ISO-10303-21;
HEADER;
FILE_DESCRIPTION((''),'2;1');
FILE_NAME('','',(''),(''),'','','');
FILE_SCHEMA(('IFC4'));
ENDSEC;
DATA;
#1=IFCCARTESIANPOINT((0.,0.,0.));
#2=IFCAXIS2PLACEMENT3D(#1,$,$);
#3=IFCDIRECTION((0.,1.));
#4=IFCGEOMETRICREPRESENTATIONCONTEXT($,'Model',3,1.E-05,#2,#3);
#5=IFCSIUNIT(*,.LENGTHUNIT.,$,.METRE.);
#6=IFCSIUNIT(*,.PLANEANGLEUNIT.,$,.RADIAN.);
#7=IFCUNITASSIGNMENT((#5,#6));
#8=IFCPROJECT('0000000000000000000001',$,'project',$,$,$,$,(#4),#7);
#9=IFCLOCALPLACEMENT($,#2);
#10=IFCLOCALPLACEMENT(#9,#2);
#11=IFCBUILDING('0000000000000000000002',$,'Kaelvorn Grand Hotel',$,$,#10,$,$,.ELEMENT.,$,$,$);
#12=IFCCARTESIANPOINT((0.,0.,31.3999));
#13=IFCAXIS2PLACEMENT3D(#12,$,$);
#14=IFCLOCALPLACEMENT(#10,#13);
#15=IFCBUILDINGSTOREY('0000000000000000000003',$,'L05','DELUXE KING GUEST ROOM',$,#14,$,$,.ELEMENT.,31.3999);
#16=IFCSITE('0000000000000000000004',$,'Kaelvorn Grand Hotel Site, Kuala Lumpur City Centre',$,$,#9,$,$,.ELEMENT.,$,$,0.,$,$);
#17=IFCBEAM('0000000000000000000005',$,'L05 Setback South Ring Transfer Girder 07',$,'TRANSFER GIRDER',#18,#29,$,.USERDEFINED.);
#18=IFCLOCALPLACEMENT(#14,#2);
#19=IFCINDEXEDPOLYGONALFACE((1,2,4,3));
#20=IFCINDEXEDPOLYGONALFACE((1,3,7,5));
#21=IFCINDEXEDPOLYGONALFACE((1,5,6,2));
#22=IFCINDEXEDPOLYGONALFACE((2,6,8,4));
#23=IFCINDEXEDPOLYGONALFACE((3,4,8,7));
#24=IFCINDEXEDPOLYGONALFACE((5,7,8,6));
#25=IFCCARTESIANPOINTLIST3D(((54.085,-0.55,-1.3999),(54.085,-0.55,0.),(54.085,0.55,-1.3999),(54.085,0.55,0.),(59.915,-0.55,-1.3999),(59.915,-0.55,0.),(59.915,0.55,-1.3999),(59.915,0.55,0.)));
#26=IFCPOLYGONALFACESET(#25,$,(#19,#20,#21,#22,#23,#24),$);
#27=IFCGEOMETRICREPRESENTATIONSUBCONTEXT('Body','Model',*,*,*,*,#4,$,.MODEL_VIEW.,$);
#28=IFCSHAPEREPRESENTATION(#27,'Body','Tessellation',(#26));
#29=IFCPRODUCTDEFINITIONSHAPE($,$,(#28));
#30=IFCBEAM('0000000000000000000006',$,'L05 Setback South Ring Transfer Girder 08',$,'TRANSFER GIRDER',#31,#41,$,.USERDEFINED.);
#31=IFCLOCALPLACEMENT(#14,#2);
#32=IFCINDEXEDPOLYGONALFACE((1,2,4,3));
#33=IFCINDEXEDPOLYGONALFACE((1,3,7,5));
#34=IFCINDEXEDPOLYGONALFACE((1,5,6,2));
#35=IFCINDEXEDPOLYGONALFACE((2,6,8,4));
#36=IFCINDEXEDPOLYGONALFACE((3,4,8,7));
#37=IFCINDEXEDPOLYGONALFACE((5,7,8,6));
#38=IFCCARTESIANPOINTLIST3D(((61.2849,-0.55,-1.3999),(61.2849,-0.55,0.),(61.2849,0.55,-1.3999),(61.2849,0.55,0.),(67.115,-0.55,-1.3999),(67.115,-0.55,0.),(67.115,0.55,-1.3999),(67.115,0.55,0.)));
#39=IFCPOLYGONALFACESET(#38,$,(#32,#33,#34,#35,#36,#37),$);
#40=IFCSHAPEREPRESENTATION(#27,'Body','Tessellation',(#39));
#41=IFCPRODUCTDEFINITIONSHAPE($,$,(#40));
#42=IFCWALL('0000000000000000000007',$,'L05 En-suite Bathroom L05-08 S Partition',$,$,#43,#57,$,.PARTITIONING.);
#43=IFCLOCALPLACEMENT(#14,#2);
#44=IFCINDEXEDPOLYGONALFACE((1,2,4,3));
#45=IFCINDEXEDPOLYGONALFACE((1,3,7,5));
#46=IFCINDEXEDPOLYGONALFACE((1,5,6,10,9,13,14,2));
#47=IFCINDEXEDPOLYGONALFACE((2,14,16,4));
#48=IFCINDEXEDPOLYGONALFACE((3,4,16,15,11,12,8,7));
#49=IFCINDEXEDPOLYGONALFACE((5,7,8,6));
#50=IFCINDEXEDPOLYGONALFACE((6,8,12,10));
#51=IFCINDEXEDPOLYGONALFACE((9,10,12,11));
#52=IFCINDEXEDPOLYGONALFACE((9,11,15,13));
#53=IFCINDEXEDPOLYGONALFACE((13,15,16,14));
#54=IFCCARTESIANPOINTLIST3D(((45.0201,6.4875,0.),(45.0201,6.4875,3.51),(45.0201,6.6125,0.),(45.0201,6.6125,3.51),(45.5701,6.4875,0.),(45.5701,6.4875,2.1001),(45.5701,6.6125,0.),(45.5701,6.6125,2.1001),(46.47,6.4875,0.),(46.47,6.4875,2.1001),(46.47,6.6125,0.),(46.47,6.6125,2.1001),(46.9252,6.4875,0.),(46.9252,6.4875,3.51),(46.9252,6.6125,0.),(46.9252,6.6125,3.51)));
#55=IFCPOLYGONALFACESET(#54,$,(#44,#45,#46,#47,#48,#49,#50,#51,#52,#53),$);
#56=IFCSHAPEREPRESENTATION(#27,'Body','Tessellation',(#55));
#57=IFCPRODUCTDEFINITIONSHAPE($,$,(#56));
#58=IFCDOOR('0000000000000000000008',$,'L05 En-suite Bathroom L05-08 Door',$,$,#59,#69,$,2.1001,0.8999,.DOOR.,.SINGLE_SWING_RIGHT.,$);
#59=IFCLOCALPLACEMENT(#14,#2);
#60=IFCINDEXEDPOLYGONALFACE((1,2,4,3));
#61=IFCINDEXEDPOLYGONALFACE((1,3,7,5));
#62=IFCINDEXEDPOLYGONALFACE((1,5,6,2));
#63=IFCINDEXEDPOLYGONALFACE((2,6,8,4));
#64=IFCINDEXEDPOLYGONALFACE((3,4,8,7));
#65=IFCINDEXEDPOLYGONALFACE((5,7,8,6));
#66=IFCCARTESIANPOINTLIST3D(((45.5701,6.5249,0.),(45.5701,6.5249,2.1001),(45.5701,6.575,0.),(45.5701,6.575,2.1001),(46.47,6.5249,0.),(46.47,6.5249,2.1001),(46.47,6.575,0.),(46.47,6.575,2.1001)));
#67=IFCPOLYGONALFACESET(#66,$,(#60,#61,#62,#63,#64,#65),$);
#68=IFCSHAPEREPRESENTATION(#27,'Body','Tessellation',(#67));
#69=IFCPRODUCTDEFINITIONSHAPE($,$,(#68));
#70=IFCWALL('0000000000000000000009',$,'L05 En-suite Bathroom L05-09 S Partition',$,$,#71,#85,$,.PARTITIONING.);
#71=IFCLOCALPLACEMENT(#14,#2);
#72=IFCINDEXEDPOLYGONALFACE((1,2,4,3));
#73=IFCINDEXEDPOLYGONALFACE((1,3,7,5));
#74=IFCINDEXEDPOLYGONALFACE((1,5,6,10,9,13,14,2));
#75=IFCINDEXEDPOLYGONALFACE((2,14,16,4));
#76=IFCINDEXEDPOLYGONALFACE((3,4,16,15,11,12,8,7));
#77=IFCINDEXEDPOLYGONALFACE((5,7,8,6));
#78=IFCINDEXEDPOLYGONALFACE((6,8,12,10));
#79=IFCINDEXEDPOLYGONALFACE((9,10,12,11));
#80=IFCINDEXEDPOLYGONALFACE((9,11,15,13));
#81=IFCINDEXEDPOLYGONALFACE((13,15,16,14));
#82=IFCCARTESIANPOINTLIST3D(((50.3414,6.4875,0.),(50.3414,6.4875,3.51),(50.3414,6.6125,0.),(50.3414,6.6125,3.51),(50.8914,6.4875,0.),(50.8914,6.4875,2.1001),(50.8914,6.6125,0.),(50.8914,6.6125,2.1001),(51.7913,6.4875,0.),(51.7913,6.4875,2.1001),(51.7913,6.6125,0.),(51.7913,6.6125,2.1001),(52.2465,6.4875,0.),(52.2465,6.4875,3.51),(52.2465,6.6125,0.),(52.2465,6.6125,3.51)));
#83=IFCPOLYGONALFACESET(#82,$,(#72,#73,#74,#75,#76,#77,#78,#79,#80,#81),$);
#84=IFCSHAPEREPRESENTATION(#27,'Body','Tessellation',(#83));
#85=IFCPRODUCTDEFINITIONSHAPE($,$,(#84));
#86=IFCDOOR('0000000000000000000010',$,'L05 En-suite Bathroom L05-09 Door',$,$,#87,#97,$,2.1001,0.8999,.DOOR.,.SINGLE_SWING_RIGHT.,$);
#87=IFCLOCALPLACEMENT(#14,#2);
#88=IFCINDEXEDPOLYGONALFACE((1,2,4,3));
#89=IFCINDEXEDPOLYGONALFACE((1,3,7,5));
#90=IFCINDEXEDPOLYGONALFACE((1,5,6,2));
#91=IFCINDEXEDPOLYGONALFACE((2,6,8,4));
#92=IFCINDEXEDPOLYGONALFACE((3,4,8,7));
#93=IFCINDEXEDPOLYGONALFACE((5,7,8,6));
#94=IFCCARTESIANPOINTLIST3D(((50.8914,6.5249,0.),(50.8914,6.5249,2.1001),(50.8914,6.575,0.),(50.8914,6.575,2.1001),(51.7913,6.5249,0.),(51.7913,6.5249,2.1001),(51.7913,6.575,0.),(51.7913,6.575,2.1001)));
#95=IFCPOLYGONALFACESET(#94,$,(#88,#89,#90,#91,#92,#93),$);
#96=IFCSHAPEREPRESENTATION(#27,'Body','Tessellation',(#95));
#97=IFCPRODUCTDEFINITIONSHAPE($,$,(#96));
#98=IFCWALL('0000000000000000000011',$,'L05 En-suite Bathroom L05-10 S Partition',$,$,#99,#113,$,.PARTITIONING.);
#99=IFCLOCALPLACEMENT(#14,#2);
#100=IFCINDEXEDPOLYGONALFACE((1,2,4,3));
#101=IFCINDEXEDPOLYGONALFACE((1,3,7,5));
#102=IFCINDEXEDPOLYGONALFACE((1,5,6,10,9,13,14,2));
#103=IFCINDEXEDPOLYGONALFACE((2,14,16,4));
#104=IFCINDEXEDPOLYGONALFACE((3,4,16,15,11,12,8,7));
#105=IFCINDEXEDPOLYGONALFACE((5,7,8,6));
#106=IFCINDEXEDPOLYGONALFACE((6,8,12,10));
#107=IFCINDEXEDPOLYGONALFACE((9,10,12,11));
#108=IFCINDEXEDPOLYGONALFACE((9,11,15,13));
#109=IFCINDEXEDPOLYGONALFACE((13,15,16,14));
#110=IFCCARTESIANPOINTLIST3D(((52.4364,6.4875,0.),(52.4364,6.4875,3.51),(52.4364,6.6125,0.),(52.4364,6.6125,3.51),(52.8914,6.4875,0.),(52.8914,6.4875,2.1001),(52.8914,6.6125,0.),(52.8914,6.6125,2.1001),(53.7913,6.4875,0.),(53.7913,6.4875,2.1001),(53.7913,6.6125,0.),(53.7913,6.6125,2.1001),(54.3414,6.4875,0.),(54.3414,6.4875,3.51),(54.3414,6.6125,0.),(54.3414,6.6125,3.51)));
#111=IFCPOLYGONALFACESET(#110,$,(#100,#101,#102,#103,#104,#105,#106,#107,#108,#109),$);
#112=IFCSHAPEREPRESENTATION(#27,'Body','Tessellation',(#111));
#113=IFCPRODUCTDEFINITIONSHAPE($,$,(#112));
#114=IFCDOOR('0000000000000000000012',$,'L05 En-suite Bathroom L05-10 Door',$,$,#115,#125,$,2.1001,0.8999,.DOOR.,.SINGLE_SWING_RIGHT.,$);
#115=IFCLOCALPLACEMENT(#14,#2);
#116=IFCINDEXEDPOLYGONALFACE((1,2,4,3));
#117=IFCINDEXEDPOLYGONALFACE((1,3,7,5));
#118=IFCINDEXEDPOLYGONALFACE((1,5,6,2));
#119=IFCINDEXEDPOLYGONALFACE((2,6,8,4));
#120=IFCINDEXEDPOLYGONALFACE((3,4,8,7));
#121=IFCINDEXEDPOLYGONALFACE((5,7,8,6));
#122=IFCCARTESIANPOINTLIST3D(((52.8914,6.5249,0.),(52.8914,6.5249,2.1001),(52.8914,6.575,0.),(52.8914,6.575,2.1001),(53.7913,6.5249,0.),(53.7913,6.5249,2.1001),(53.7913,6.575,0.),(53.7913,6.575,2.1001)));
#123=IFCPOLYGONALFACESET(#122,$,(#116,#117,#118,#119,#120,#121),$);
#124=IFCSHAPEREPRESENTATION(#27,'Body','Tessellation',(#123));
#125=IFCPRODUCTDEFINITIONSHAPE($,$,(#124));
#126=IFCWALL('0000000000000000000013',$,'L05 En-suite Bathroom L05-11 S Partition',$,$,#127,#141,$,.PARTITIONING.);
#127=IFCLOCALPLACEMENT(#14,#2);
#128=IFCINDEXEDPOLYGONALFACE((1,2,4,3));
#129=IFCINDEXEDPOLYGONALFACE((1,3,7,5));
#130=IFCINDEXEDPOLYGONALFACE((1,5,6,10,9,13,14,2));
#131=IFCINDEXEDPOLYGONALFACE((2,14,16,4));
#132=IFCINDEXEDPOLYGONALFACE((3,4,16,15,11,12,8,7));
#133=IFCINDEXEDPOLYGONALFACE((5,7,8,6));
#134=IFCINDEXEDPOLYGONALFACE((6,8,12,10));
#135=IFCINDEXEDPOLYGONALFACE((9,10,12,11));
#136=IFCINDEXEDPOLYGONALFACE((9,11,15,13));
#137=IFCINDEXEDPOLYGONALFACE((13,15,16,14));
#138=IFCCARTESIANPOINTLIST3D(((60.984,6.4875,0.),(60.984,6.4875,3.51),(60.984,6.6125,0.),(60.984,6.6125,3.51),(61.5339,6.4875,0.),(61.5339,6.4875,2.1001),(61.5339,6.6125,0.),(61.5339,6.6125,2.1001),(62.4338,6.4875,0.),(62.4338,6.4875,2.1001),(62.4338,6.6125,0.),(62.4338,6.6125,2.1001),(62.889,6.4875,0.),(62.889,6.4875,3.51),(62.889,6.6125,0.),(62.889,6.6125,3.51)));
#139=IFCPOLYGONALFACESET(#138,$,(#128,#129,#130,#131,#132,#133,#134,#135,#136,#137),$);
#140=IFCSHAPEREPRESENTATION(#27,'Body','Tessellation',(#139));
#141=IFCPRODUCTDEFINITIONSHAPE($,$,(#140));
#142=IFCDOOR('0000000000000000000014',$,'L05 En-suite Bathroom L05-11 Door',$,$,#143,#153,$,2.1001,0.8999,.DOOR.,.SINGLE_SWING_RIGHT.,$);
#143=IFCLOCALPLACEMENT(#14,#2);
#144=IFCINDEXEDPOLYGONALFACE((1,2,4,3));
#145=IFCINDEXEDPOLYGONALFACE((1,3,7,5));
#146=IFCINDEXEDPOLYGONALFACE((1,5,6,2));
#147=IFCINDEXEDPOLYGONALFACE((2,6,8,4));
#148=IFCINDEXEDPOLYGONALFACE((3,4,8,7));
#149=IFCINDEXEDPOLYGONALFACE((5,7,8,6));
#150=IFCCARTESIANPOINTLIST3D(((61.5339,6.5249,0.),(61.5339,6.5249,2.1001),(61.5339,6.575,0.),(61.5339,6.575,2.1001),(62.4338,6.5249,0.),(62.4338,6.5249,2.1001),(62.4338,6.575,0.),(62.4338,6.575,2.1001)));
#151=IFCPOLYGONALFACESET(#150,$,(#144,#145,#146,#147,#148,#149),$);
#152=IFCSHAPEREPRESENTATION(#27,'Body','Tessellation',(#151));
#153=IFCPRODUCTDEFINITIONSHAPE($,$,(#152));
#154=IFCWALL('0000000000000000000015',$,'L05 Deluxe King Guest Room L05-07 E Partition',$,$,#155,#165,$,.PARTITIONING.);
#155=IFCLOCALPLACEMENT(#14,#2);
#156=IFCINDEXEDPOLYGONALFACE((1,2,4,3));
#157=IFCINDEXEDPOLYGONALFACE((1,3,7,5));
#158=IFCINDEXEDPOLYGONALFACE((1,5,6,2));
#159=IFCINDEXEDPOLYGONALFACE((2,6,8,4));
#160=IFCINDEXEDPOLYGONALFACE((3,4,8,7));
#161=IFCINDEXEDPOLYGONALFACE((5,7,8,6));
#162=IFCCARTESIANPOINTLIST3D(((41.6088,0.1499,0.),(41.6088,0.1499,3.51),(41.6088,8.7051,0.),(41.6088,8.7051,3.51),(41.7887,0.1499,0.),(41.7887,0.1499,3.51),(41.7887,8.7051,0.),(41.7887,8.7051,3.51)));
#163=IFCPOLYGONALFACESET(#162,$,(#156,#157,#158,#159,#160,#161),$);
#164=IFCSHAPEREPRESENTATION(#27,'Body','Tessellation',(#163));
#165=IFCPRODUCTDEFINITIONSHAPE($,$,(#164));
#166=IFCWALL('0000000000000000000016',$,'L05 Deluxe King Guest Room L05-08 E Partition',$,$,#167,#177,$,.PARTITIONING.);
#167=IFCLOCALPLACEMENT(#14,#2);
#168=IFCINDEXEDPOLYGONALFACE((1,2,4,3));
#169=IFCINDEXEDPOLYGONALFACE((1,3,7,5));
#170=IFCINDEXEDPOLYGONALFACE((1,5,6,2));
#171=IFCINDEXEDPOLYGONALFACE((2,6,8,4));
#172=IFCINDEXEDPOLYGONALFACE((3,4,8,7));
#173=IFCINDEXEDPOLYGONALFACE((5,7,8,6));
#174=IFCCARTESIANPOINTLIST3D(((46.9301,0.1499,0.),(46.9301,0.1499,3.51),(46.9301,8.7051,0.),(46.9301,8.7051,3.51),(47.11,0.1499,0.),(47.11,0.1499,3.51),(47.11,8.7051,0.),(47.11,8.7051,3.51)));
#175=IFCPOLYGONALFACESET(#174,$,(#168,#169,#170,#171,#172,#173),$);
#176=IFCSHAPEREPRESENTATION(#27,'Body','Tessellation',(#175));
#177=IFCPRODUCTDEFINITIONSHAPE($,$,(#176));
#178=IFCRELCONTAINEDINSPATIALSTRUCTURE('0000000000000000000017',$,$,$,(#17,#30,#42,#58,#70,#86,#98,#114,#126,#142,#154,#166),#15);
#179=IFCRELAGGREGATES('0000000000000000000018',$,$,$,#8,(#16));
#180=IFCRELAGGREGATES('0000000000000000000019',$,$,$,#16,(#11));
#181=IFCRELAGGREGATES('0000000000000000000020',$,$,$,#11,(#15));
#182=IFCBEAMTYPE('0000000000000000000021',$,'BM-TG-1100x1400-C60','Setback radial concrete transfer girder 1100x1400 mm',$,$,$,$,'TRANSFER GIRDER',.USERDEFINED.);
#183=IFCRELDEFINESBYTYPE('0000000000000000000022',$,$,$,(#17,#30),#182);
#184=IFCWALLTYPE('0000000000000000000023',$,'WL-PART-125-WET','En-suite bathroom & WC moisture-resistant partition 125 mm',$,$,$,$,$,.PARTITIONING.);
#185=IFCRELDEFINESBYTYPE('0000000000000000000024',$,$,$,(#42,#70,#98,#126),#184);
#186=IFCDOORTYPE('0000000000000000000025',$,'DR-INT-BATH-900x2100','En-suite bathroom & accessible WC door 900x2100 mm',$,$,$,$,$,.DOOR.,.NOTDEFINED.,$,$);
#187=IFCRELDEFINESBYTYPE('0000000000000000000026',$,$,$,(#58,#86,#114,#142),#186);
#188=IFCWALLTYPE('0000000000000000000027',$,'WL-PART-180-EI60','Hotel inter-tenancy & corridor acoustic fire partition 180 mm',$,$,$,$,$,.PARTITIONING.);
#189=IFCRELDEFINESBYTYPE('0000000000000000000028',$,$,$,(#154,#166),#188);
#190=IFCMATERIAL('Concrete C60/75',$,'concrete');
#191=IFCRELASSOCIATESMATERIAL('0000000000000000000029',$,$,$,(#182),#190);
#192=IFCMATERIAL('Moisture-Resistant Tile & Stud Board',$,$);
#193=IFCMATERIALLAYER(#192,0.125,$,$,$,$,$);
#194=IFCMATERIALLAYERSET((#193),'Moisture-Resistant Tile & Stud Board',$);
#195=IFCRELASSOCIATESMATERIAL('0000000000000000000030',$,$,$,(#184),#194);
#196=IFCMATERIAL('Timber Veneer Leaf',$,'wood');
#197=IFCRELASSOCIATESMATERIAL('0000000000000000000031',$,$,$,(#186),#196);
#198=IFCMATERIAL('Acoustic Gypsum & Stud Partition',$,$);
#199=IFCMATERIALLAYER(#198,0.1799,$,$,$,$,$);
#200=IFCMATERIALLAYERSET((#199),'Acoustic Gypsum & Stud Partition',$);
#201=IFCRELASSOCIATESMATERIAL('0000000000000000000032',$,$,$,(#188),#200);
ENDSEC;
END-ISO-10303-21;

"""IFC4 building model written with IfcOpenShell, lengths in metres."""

from ifc_helpers import new_model, si_unit, direction, frame, frame_2d, origin, origin_2d, place, context, subcontext, project, spatial, rectangle, extrude, material, layer, layer_set, material_profile, profile_set, type_object, element, fill, save


model = new_model("IFC4")

# Units and contexts
model_context = context("Model", 3, precision=1e-05, world=origin(), true_north=direction((0.0, 1.0)))
body_context = subcontext(model_context, "Body", "Model", "MODEL_VIEW")
ifc_project = project(units=[si_unit("LENGTHUNIT", "METRE"), si_unit("PLANEANGLEUNIT", "RADIAN")], contexts=[model_context])

# Site, building, storey
site_placement = place(None, origin())
site = spatial("IfcSite", under=ifc_project, at=site_placement, Name="Kaelvorn Grand Hotel Site, Kuala Lumpur City Centre", CompositionType="ELEMENT", RefElevation=0.0)
building_placement = place(site_placement, origin())
building = spatial("IfcBuilding", under=site, at=building_placement, Name="Kaelvorn Grand Hotel", CompositionType="ELEMENT")
storey_placement = place(building_placement, frame((0.0, 0.0, 31.3999)))
storey = spatial("IfcBuildingStorey", under=building, at=storey_placement, Name="L05", Description="DELUXE KING GUEST ROOM", CompositionType="ELEMENT", Elevation=31.3999)

# Beams
ifc_material_1 = material(Name="Concrete C60/75", Category="concrete")
ifc_material_profile_1 = material_profile(ifc_material_1, rectangle(XDim=1.1001, YDim=1.3999, at=origin_2d()), Name="RC TG 1100x1400")
ifc_profile_set_1 = profile_set([ifc_material_profile_1], Name="Concrete C60/75")
beam_type_1 = type_object("IfcBeamType", Name="BM-TG-1100x1400-C60", Description="Setback radial concrete transfer girder 1100x1400 mm", ElementType="TRANSFER GIRDER", PredefinedType="USERDEFINED", material=ifc_profile_set_1)
for number, where, z_axis, x_axis, name in (
    (1, (54.085, 0.0, -0.7), (1.0, 0.0, 0.0), (0.0, 1.0, 0.0), "L05 Setback South Ring Transfer Girder 07"),
    (2, (61.2849, 0.0, -0.7), (1.0, 0.0, 0.0), (0.0, 1.0, 0.0), "L05 Setback South Ring Transfer Girder 08"),
):
    element("IfcBeam", number, at=place(storey_placement, frame(where, z_axis=z_axis, x_axis=x_axis)), inside=storey, type_object=beam_type_1, Name=name, ObjectType="TRANSFER GIRDER", PredefinedType="USERDEFINED", context=body_context, shape_type="SweptSolid", body=[
        extrude(rectangle(XDim=1.1001, YDim=1.3999, at=origin_2d()), origin(), (0.0, 0.0, 1.0), 5.8301),
    ])

# Walls, openings, doors
ifc_material_2 = material(Name="Moisture-Resistant Tile & Stud Board")
ifc_layer_1 = layer(ifc_material_2, 0.125)
ifc_layer_set_1 = layer_set([ifc_layer_1], Name="Moisture-Resistant Tile & Stud Board")
wall_type_1 = type_object("IfcWallType", Name="WL-PART-125-WET", Description="En-suite bathroom & WC moisture-resistant partition 125 mm", PredefinedType="PARTITIONING", material=ifc_layer_set_1)
wall_1_placement = place(storey_placement, frame((45.02, 6.55, 0.0), z_axis=(0.0, 0.0, 1.0), x_axis=(1.0, 0.0, 0.0)))
wall_1 = element("IfcWall", 3, at=wall_1_placement, inside=storey, type_object=wall_type_1, Name="L05 En-suite Bathroom L05-08 S Partition", PredefinedType="PARTITIONING", context=body_context, shape_type="SweptSolid", body=[
    extrude(rectangle(XDim=1.905, YDim=0.125, at=frame_2d((0.9526, 0.0))), origin(), (0.0, 0.0, 1.0), 3.51),
])
opening_1_placement = place(wall_1_placement, frame((0.55, 0.0, 0.0)))
opening_1 = element("IfcOpeningElement", 4, at=opening_1_placement, cuts=wall_1, PredefinedType="OPENING", context=body_context, shape_type="SweptSolid", body=[
    extrude(rectangle(XDim=0.8999, YDim=2.1001, at=frame_2d((0.45, 1.05))), frame((0.0, 0.0725, 0.0), z_axis=(0.0, -1.0, 0.0), x_axis=(1.0, 0.0, 0.0)), (0.0, 0.0, 1.0), 0.145),
])
ifc_material_3 = material(Name="Timber Veneer Leaf", Category="wood")
door_type = type_object("IfcDoorType", Name="DR-INT-BATH-900x2100", Description="En-suite bathroom & accessible WC door 900x2100 mm", OperationType="NOTDEFINED", PredefinedType="DOOR", material=ifc_material_3)
door_1_placement = place(opening_1_placement, origin())
door_1 = element("IfcDoor", 5, at=door_1_placement, inside=storey, type_object=door_type, Name="L05 En-suite Bathroom L05-08 Door", OperationType="SINGLE_SWING_RIGHT", OverallHeight=2.1001, OverallWidth=0.8999, PredefinedType="DOOR", context=body_context, shape_type="SweptSolid", body=[
    extrude(rectangle(XDim=0.8999, YDim=2.1001, at=frame_2d((0.45, 1.05))), frame((0.0, 0.0249, 0.0), z_axis=(0.0, -1.0, 0.0), x_axis=(1.0, 0.0, 0.0)), (0.0, 0.0, 1.0), 0.05),
])
fill(opening_1, door_1)
wall_2_placement = place(storey_placement, frame((50.3413, 6.55, 0.0), z_axis=(0.0, 0.0, 1.0), x_axis=(1.0, 0.0, 0.0)))
wall_2 = element("IfcWall", 6, at=wall_2_placement, inside=storey, type_object=wall_type_1, Name="L05 En-suite Bathroom L05-09 S Partition", PredefinedType="PARTITIONING", context=body_context, shape_type="SweptSolid", body=[
    extrude(rectangle(XDim=1.905, YDim=0.125, at=frame_2d((0.9526, 0.0))), origin(), (0.0, 0.0, 1.0), 3.51),
])
opening_2_placement = place(wall_2_placement, frame((0.55, 0.0, 0.0)))
opening_2 = element("IfcOpeningElement", 7, at=opening_2_placement, cuts=wall_2, PredefinedType="OPENING", context=body_context, shape_type="SweptSolid", body=[
    extrude(rectangle(XDim=0.8999, YDim=2.1001, at=frame_2d((0.45, 1.05))), frame((0.0, 0.0725, 0.0), z_axis=(0.0, -1.0, 0.0), x_axis=(1.0, 0.0, 0.0)), (0.0, 0.0, 1.0), 0.145),
])
door_2_placement = place(opening_2_placement, origin())
door_2 = element("IfcDoor", 8, at=door_2_placement, inside=storey, type_object=door_type, Name="L05 En-suite Bathroom L05-09 Door", OperationType="SINGLE_SWING_RIGHT", OverallHeight=2.1001, OverallWidth=0.8999, PredefinedType="DOOR", context=body_context, shape_type="SweptSolid", body=[
    extrude(rectangle(XDim=0.8999, YDim=2.1001, at=frame_2d((0.45, 1.05))), frame((0.0, 0.0249, 0.0), z_axis=(0.0, -1.0, 0.0), x_axis=(1.0, 0.0, 0.0)), (0.0, 0.0, 1.0), 0.05),
])
fill(opening_2, door_2)
wall_3_placement = place(storey_placement, frame((52.4363, 6.55, 0.0), z_axis=(0.0, 0.0, 1.0), x_axis=(1.0, 0.0, 0.0)))
wall_3 = element("IfcWall", 9, at=wall_3_placement, inside=storey, type_object=wall_type_1, Name="L05 En-suite Bathroom L05-10 S Partition", PredefinedType="PARTITIONING", context=body_context, shape_type="SweptSolid", body=[
    extrude(rectangle(XDim=1.905, YDim=0.125, at=frame_2d((0.9526, 0.0))), origin(), (0.0, 0.0, 1.0), 3.51),
])
opening_3_placement = place(wall_3_placement, frame((0.4551, 0.0, 0.0)))
opening_3 = element("IfcOpeningElement", 10, at=opening_3_placement, cuts=wall_3, PredefinedType="OPENING", context=body_context, shape_type="SweptSolid", body=[
    extrude(rectangle(XDim=0.8999, YDim=2.1001, at=frame_2d((0.45, 1.05))), frame((0.0, 0.0725, 0.0), z_axis=(0.0, -1.0, 0.0), x_axis=(1.0, 0.0, 0.0)), (0.0, 0.0, 1.0), 0.145),
])
door_3_placement = place(opening_3_placement, origin())
door_3 = element("IfcDoor", 11, at=door_3_placement, inside=storey, type_object=door_type, Name="L05 En-suite Bathroom L05-10 Door", OperationType="SINGLE_SWING_RIGHT", OverallHeight=2.1001, OverallWidth=0.8999, PredefinedType="DOOR", context=body_context, shape_type="SweptSolid", body=[
    extrude(rectangle(XDim=0.8999, YDim=2.1001, at=frame_2d((0.45, 1.05))), frame((0.0, 0.0249, 0.0), z_axis=(0.0, -1.0, 0.0), x_axis=(1.0, 0.0, 0.0)), (0.0, 0.0, 1.0), 0.05),
])
fill(opening_3, door_3)
wall_4_placement = place(storey_placement, frame((60.9839, 6.55, 0.0), z_axis=(0.0, 0.0, 1.0), x_axis=(1.0, 0.0, 0.0)))
wall_4 = element("IfcWall", 12, at=wall_4_placement, inside=storey, type_object=wall_type_1, Name="L05 En-suite Bathroom L05-11 S Partition", PredefinedType="PARTITIONING", context=body_context, shape_type="SweptSolid", body=[
    extrude(rectangle(XDim=1.905, YDim=0.125, at=frame_2d((0.9526, 0.0))), origin(), (0.0, 0.0, 1.0), 3.51),
])
opening_4_placement = place(wall_4_placement, frame((0.55, 0.0, 0.0)))
opening_4 = element("IfcOpeningElement", 13, at=opening_4_placement, cuts=wall_4, PredefinedType="OPENING", context=body_context, shape_type="SweptSolid", body=[
    extrude(rectangle(XDim=0.8999, YDim=2.1001, at=frame_2d((0.45, 1.05))), frame((0.0, 0.0725, 0.0), z_axis=(0.0, -1.0, 0.0), x_axis=(1.0, 0.0, 0.0)), (0.0, 0.0, 1.0), 0.145),
])
door_4_placement = place(opening_4_placement, origin())
door_4 = element("IfcDoor", 14, at=door_4_placement, inside=storey, type_object=door_type, Name="L05 En-suite Bathroom L05-11 Door", OperationType="SINGLE_SWING_RIGHT", OverallHeight=2.1001, OverallWidth=0.8999, PredefinedType="DOOR", context=body_context, shape_type="SweptSolid", body=[
    extrude(rectangle(XDim=0.8999, YDim=2.1001, at=frame_2d((0.45, 1.05))), frame((0.0, 0.0249, 0.0), z_axis=(0.0, -1.0, 0.0), x_axis=(1.0, 0.0, 0.0)), (0.0, 0.0, 1.0), 0.05),
])
fill(opening_4, door_4)

# Walls
ifc_material_4 = material(Name="Acoustic Gypsum & Stud Partition")
ifc_layer_2 = layer(ifc_material_4, 0.1799)
ifc_layer_set_2 = layer_set([ifc_layer_2], Name="Acoustic Gypsum & Stud Partition")
wall_type_2 = type_object("IfcWallType", Name="WL-PART-180-EI60", Description="Hotel inter-tenancy & corridor acoustic fire partition 180 mm", PredefinedType="PARTITIONING", material=ifc_layer_set_2)
for number, where, z_axis, x_axis, name in (
    (15, (41.6987, 0.1499, 0.0), (0.0, 0.0, 1.0), (0.0, 1.0, 0.0), "L05 Deluxe King Guest Room L05-07 E Partition"),
    (16, (47.02, 0.1499, 0.0), (0.0, 0.0, 1.0), (0.0, 1.0, 0.0), "L05 Deluxe King Guest Room L05-08 E Partition"),
):
    element("IfcWall", number, at=place(storey_placement, frame(where, z_axis=z_axis, x_axis=x_axis)), inside=storey, type_object=wall_type_2, Name=name, PredefinedType="PARTITIONING", context=body_context, shape_type="SweptSolid", body=[
        extrude(rectangle(XDim=8.5552, YDim=0.1799, at=frame_2d((4.2776, 0.0))), origin(), (0.0, 0.0, 1.0), 3.51),
    ])

save(model, "model.ifc")
